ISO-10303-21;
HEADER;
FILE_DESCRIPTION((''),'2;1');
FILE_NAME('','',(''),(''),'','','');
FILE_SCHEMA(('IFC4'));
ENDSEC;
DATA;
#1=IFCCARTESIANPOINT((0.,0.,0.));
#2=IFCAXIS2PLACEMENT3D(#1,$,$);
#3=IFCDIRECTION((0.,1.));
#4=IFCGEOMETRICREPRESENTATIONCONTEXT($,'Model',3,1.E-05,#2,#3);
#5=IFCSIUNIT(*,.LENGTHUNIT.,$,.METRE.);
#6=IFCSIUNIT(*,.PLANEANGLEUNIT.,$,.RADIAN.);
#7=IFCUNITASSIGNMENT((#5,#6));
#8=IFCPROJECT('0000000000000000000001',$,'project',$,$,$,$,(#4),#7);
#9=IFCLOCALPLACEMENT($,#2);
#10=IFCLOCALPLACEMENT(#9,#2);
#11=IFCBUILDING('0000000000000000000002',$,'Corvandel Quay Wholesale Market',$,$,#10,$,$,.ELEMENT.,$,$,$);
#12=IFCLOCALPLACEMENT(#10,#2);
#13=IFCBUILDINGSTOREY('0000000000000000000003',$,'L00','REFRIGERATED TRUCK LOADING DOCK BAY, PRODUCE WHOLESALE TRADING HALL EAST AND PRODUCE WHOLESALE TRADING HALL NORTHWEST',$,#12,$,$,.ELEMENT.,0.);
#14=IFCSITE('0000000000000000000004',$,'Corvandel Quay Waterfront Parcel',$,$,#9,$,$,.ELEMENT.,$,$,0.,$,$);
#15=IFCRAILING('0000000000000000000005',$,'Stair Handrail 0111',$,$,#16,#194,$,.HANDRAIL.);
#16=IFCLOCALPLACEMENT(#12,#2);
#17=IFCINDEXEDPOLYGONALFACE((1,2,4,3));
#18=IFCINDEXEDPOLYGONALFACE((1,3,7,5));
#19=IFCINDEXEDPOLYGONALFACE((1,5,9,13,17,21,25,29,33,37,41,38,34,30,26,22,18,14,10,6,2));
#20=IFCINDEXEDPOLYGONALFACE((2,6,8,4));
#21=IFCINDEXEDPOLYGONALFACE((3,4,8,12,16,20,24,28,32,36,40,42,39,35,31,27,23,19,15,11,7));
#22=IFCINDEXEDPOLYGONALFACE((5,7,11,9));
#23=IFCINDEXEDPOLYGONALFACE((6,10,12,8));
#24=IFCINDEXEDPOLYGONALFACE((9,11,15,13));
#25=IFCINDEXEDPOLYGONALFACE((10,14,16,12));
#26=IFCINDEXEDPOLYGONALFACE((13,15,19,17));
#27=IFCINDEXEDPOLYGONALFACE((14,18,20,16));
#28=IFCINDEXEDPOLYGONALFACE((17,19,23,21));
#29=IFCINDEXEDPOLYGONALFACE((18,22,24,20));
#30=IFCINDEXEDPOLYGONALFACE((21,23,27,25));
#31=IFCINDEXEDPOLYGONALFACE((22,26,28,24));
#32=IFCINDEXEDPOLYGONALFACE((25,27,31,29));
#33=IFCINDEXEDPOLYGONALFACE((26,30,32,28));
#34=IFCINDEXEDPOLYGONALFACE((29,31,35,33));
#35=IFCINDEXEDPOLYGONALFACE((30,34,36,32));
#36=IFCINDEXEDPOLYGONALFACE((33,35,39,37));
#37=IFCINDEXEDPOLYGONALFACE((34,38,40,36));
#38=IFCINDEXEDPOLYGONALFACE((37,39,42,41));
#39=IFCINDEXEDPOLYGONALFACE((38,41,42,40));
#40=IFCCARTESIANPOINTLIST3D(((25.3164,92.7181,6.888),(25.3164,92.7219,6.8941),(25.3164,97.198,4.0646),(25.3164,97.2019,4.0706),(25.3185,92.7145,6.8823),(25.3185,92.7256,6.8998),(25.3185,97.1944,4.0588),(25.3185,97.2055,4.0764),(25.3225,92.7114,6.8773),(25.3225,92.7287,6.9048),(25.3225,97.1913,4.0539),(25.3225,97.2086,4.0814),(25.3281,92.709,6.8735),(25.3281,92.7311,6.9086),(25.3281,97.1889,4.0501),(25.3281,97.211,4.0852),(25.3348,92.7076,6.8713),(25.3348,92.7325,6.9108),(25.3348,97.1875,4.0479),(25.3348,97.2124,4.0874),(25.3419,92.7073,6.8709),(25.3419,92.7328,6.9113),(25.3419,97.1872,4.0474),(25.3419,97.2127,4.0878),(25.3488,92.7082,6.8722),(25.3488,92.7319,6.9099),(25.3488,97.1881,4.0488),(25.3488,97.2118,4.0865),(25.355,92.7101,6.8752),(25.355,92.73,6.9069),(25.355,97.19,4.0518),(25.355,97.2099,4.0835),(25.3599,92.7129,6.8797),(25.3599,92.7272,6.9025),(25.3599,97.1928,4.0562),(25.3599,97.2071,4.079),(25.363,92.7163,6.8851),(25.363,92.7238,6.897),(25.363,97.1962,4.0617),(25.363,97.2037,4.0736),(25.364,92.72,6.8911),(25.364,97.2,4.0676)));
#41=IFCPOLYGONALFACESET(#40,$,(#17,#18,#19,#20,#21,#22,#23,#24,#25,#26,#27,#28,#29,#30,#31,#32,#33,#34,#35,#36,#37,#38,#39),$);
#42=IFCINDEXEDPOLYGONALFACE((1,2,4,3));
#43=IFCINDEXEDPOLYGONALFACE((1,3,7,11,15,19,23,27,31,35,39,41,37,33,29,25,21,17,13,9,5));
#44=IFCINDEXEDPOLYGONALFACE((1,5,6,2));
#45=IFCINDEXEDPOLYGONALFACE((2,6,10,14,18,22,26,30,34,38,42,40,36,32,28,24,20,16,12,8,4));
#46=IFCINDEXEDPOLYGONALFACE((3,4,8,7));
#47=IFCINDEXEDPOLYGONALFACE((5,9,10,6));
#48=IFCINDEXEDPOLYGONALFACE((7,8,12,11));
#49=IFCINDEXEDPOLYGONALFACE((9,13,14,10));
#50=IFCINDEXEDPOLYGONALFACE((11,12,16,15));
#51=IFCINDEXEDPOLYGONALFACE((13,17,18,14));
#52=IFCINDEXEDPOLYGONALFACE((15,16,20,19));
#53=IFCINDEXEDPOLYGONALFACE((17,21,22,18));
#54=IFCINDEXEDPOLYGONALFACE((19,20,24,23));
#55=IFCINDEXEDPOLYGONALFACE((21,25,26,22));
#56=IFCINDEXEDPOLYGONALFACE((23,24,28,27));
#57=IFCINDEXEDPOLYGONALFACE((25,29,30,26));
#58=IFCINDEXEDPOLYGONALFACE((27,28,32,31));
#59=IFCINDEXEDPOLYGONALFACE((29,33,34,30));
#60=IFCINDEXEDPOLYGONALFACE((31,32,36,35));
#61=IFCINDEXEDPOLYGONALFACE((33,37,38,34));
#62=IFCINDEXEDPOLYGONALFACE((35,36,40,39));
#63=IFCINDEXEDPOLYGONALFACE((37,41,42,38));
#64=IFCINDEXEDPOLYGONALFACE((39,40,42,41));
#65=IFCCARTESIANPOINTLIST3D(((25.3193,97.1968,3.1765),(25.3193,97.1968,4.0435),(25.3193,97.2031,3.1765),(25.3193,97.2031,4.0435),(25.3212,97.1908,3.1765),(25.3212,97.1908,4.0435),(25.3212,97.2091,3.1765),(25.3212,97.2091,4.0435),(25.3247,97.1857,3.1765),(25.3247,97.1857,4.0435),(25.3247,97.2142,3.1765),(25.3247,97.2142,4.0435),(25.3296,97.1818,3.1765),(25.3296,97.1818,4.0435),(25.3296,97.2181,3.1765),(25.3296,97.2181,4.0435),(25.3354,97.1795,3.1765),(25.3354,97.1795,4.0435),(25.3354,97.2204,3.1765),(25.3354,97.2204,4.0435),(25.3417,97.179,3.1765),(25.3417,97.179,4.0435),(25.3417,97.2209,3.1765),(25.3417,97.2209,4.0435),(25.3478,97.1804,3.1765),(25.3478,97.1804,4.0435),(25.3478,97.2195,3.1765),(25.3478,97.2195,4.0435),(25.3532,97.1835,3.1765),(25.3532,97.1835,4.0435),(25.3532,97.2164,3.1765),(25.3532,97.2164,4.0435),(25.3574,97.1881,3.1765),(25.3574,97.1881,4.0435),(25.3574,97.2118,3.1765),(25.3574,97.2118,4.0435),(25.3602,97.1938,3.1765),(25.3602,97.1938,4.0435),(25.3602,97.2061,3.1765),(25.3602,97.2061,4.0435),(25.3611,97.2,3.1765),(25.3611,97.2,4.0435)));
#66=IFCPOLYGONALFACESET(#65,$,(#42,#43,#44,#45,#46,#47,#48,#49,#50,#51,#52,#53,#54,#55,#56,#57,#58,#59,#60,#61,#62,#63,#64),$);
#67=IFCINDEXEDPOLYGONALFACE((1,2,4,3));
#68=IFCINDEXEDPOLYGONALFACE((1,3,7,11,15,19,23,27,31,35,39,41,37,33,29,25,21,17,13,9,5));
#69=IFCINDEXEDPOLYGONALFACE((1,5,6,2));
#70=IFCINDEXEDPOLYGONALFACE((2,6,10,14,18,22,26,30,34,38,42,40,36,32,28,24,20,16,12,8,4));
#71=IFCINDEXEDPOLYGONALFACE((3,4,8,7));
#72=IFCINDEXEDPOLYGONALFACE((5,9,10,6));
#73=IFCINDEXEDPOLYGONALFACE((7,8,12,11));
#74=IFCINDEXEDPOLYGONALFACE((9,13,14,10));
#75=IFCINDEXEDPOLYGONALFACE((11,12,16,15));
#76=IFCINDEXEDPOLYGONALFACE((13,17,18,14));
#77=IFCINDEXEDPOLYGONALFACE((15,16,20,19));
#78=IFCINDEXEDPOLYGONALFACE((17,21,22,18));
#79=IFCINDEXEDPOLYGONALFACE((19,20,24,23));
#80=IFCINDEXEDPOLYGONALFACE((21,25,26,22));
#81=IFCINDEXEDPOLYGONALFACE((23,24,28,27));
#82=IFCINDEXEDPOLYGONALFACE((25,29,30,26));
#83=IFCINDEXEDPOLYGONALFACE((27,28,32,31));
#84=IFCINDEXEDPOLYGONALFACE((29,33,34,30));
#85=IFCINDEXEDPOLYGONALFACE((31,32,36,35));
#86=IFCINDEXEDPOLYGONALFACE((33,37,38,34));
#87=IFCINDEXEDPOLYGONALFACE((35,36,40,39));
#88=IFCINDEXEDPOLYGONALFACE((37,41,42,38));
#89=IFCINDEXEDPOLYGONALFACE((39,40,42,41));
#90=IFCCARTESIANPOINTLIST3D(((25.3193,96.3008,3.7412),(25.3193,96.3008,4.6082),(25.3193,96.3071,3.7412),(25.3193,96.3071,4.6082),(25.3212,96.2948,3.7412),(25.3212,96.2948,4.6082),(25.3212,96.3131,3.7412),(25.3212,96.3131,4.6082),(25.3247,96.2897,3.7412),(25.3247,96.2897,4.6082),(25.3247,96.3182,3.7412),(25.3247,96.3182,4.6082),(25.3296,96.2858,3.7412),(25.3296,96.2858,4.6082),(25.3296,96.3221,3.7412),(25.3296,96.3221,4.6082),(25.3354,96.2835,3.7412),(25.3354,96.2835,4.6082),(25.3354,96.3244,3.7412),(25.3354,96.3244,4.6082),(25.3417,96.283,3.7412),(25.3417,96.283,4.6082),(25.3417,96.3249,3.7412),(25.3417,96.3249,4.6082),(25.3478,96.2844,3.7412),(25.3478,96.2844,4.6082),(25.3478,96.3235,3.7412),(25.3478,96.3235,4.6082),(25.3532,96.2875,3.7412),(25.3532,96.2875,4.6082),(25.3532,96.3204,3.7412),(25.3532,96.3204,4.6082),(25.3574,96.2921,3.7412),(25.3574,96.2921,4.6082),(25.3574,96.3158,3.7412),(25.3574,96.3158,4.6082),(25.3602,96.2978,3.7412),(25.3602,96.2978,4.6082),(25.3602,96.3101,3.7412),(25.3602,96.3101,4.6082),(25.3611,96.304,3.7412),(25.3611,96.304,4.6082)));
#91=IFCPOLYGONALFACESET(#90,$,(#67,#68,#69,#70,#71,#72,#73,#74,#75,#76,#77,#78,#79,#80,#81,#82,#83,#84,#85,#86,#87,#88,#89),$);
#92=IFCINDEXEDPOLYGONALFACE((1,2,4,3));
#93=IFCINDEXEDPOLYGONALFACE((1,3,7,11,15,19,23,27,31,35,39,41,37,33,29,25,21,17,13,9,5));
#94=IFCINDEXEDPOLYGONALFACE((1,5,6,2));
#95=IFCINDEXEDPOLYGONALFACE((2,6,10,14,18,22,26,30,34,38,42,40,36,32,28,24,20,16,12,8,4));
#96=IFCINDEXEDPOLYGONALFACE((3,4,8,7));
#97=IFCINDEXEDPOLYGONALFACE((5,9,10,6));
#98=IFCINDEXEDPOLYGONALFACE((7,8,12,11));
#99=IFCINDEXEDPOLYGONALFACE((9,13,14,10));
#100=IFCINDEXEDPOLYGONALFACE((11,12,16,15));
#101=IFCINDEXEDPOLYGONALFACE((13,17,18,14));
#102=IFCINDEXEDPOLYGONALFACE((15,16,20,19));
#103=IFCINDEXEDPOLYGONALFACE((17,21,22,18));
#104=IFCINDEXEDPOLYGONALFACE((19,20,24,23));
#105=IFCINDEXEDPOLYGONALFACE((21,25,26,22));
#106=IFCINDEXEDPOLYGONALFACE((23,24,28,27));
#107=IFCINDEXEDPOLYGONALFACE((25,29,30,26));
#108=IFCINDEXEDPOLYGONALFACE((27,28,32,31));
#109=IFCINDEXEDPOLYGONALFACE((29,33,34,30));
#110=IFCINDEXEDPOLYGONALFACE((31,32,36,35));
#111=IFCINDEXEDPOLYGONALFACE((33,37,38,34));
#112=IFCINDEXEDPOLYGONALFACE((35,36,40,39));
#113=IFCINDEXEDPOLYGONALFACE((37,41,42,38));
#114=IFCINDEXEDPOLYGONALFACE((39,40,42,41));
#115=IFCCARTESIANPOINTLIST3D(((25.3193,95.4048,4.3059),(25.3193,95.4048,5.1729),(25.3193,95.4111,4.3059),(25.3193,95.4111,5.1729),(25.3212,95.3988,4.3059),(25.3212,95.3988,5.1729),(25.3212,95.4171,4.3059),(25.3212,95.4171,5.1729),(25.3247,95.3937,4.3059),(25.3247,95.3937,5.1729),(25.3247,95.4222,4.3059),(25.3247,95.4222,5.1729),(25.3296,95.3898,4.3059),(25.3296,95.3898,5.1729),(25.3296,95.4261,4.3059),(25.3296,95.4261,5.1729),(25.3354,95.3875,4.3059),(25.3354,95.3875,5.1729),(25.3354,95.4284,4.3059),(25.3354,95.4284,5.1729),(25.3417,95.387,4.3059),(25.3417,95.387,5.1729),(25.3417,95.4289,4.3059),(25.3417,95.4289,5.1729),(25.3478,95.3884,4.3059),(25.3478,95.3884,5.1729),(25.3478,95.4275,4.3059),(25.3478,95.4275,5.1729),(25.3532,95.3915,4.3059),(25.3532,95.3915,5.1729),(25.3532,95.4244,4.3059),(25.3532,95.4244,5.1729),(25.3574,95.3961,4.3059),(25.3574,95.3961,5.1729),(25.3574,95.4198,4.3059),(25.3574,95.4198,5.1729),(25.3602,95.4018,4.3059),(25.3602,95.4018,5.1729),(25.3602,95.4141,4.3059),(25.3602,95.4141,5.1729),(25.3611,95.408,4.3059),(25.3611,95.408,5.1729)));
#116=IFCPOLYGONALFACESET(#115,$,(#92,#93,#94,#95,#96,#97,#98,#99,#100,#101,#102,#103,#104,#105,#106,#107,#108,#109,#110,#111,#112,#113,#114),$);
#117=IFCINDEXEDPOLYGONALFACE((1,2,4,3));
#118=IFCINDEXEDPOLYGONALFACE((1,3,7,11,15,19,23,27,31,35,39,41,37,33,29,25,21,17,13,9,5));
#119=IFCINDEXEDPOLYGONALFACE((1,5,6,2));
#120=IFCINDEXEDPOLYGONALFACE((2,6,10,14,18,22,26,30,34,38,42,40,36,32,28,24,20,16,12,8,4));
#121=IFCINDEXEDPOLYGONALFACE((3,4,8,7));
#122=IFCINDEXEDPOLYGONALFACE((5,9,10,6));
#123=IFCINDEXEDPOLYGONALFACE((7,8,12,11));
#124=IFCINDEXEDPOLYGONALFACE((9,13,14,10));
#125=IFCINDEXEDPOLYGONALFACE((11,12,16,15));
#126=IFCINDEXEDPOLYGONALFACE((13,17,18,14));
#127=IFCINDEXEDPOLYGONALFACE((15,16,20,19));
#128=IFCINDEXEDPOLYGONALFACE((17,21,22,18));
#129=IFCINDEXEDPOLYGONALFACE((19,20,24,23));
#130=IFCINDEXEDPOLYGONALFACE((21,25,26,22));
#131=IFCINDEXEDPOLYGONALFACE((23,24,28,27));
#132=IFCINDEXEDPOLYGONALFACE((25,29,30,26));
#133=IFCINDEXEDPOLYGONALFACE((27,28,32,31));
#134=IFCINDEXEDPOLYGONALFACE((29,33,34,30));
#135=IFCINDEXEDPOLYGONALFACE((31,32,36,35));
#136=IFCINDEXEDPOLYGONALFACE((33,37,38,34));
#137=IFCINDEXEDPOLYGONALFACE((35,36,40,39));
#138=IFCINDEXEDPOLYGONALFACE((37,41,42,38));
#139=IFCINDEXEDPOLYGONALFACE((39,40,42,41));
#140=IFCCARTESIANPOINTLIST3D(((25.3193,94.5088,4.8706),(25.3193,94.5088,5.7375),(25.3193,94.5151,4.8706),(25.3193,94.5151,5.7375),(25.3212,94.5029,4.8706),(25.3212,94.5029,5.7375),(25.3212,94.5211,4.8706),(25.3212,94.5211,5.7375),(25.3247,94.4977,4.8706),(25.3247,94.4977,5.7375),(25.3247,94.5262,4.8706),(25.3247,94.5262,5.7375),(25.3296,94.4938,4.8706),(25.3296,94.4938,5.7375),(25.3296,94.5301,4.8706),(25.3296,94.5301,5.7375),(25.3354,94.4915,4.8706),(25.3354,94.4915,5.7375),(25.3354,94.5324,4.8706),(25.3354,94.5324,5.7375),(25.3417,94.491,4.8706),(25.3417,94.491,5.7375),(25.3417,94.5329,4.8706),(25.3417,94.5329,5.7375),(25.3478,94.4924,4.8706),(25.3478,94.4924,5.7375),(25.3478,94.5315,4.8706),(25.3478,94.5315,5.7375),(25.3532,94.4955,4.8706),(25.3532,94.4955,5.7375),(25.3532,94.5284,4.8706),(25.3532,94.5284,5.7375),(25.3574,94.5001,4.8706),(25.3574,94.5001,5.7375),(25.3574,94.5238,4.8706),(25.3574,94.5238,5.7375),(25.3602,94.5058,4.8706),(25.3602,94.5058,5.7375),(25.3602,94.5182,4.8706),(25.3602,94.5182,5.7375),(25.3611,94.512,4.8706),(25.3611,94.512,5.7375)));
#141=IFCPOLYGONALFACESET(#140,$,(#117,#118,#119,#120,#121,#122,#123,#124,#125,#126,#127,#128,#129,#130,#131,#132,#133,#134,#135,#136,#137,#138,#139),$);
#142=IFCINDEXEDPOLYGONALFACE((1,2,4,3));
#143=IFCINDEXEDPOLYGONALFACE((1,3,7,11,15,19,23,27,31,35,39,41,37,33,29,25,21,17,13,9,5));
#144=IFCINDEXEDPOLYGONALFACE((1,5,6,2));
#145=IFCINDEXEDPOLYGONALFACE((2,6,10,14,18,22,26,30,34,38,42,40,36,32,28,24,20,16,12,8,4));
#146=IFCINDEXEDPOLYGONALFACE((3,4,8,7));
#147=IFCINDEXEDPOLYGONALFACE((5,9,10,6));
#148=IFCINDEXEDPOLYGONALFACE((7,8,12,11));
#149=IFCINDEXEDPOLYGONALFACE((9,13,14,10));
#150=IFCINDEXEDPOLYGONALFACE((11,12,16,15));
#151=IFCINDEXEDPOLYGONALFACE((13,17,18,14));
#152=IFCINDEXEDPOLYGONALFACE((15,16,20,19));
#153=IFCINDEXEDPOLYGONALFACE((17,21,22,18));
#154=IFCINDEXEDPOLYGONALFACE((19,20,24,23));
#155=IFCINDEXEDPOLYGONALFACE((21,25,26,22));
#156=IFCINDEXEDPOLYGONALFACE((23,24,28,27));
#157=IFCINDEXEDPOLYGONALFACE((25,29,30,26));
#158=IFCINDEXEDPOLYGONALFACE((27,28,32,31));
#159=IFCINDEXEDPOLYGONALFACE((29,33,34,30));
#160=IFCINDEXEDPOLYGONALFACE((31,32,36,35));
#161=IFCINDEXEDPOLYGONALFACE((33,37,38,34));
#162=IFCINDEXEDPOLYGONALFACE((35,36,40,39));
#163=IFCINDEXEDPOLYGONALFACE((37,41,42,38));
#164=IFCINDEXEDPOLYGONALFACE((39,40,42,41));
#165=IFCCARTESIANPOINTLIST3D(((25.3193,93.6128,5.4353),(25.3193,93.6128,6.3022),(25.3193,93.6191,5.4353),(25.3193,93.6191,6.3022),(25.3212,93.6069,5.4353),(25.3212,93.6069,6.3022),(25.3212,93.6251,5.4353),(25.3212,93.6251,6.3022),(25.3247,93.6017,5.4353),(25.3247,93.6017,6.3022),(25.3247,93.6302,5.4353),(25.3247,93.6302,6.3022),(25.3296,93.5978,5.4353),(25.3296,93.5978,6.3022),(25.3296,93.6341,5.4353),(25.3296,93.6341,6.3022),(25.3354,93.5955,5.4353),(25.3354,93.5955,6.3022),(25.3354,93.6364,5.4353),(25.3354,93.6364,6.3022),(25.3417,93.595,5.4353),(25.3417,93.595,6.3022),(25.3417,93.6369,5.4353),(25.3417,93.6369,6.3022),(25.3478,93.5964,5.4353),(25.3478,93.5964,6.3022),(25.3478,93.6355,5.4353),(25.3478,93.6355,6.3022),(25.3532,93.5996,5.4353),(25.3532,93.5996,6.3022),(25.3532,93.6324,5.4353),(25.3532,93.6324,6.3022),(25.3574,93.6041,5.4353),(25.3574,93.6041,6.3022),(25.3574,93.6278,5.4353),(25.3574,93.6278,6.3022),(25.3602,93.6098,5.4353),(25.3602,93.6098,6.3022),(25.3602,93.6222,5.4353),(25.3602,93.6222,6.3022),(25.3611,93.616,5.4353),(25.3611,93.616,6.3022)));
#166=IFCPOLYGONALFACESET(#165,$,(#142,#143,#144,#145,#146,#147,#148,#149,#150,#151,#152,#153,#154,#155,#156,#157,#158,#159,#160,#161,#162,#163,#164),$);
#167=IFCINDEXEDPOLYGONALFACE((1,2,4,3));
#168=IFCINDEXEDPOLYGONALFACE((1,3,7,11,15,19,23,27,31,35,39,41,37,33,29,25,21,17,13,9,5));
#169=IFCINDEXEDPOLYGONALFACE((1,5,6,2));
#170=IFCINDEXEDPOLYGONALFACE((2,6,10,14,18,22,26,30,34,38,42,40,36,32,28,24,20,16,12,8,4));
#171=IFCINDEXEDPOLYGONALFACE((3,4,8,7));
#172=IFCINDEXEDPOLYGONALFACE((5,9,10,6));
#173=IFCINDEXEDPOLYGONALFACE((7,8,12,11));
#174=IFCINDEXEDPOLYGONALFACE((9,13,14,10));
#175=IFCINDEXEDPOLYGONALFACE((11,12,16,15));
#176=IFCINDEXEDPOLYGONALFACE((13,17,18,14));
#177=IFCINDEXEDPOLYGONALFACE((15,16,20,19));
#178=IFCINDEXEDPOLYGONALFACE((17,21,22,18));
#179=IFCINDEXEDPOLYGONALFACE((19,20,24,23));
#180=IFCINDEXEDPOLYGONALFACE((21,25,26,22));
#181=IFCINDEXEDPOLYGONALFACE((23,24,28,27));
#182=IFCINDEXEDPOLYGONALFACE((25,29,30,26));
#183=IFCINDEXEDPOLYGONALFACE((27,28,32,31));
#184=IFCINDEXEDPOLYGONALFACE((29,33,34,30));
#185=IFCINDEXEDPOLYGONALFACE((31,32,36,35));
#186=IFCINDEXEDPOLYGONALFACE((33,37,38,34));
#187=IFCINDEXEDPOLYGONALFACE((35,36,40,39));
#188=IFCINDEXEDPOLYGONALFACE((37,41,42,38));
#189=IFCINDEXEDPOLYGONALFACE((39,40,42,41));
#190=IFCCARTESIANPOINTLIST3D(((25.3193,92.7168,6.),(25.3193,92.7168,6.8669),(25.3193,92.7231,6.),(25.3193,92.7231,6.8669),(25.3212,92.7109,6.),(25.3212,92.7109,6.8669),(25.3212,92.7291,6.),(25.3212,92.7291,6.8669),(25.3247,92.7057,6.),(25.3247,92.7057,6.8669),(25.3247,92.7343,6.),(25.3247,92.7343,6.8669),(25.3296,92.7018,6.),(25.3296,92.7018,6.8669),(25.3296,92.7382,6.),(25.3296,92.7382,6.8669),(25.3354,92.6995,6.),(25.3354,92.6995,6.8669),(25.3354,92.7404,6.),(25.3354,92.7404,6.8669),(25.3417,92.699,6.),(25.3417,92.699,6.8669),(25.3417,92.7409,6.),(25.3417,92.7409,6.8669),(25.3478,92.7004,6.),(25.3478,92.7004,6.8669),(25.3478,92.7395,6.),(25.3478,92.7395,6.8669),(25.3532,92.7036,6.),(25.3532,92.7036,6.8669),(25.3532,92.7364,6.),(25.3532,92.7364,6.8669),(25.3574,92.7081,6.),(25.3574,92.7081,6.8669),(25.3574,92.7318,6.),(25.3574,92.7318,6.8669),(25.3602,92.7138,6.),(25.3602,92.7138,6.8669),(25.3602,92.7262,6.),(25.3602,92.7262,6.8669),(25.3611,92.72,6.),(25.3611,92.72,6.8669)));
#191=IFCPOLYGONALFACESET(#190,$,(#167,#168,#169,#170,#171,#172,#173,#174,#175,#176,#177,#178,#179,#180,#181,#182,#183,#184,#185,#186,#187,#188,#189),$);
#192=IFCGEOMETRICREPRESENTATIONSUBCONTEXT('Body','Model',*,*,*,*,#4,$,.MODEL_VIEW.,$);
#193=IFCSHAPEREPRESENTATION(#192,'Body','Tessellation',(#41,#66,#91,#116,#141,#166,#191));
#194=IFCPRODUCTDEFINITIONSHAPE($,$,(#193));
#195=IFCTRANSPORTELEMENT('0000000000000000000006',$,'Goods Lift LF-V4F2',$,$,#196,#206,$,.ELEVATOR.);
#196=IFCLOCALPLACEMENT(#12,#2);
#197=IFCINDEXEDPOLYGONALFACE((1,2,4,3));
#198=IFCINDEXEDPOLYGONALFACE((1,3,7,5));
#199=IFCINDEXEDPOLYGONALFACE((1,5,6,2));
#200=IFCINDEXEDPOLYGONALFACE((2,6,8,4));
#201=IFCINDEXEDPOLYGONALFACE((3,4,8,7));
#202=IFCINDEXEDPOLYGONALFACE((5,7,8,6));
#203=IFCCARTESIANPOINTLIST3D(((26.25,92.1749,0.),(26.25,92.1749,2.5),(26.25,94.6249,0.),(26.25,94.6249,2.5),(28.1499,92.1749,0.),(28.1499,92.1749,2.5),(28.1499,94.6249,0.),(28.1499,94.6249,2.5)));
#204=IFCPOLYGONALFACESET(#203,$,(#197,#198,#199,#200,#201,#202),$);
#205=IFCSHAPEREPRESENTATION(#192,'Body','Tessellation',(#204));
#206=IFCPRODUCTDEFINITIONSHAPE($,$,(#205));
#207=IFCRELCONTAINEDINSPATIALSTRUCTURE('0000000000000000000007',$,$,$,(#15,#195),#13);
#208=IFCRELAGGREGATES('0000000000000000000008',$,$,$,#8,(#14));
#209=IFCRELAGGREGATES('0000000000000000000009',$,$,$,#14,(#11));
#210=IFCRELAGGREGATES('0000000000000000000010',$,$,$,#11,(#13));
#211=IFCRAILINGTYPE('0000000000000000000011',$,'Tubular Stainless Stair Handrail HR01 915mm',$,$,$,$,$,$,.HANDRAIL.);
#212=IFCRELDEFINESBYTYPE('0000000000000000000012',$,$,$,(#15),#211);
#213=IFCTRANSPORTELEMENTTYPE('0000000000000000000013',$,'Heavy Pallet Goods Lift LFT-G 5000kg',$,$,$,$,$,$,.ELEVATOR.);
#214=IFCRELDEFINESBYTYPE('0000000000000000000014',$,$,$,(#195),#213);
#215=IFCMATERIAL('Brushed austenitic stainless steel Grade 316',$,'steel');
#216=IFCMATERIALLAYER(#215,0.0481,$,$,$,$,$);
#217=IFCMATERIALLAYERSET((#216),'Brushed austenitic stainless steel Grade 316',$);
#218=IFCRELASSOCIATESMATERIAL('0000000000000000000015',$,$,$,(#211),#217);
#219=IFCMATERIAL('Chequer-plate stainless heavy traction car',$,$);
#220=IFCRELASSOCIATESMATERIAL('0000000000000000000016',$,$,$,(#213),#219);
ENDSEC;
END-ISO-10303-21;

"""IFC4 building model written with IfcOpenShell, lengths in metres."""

from ifc_helpers import new_model, si_unit, direction, frame, origin, origin_2d, place, context, subcontext, project, spatial, rectangle, circle, extrude, material, layer, layer_set, type_object, element, save


model = new_model("IFC4")

# Units and contexts
model_context = context("Model", 3, precision=1e-05, world=origin(), true_north=direction((0.0, 1.0)))
body_context = subcontext(model_context, "Body", "Model", "MODEL_VIEW")
ifc_project = project(units=[si_unit("LENGTHUNIT", "METRE"), si_unit("PLANEANGLEUNIT", "RADIAN")], contexts=[model_context])

# Site, building, storey
site_placement = place(None, origin())
site = spatial("IfcSite", under=ifc_project, at=site_placement, Name="Corvandel Quay Waterfront Parcel", CompositionType="ELEMENT", RefElevation=0.0)
building_placement = place(site_placement, origin())
building = spatial("IfcBuilding", under=site, at=building_placement, Name="Corvandel Quay Wholesale Market", CompositionType="ELEMENT")
storey_placement = place(building_placement, origin())
storey = spatial("IfcBuildingStorey", under=building, at=storey_placement, Name="L00", Description="REFRIGERATED TRUCK LOADING DOCK BAY, PRODUCE WHOLESALE TRADING HALL EAST AND PRODUCE WHOLESALE TRADING HALL NORTHWEST", CompositionType="ELEMENT", Elevation=0.0)

# Railing
ifc_material_1 = material(Name="Brushed austenitic stainless steel Grade 316", Category="steel")
ifc_layer_1 = layer(ifc_material_1, 0.0481)
ifc_layer_set_1 = layer_set([ifc_layer_1], Name="Brushed austenitic stainless steel Grade 316")
railing_type = type_object("IfcRailingType", Name="Tubular Stainless Stair Handrail HR01 915mm", PredefinedType="HANDRAIL", material=ifc_layer_set_1)
railing_placement = place(storey_placement, frame((25.3401, 97.2, 3.1765)))
element("IfcRailing", 1, at=railing_placement, inside=storey, type_object=railing_type, Name="Stair Handrail 0111", PredefinedType="HANDRAIL", context=body_context, shape_type="SweptSolid", body=[
    extrude(circle(Radius=0.0239, at=origin_2d()), frame((0.0, 0.0, 0.8911), z_axis=(0.0, -0.845998, 0.533186), x_axis=(1.0, 0.0, 0.0)), (0.0, 0.0, 1.0), 5.2954),
    extrude(circle(Radius=0.021, at=origin_2d()), origin(), (0.0, 0.0, 1.0), 0.8669),
    extrude(circle(Radius=0.021, at=origin_2d()), frame((0.0, -0.896, 0.5647)), (0.0, 0.0, 1.0), 0.8669),
    extrude(circle(Radius=0.021, at=origin_2d()), frame((0.0, -1.792, 1.1294)), (0.0, 0.0, 1.0), 0.8669),
    extrude(circle(Radius=0.021, at=origin_2d()), frame((0.0, -2.688, 1.6941)), (0.0, 0.0, 1.0), 0.8669),
    extrude(circle(Radius=0.021, at=origin_2d()), frame((0.0, -3.584, 2.2588)), (0.0, 0.0, 1.0), 0.8669),
    extrude(circle(Radius=0.021, at=origin_2d()), frame((0.0, -4.48, 2.8235)), (0.0, 0.0, 1.0), 0.8669),
])

# Transport element
ifc_material_2 = material(Name="Chequer-plate stainless heavy traction car")
transport_element_type = type_object("IfcTransportElementType", Name="Heavy Pallet Goods Lift LFT-G 5000kg", PredefinedType="ELEVATOR", material=ifc_material_2)
transport_element_placement = place(storey_placement, frame((27.2, 93.3999, 0.0), z_axis=(0.0, 0.0, 1.0), x_axis=(1.0, 0.0, 0.0)))
element("IfcTransportElement", 2, at=transport_element_placement, inside=storey, type_object=transport_element_type, Name="Goods Lift LF-V4F2", PredefinedType="ELEVATOR", context=body_context, shape_type="SweptSolid", body=[
    extrude(rectangle(XDim=1.8999, YDim=2.45, at=origin_2d()), origin(), (0.0, 0.0, 1.0), 2.5),
])

save(model, "model.ifc")
